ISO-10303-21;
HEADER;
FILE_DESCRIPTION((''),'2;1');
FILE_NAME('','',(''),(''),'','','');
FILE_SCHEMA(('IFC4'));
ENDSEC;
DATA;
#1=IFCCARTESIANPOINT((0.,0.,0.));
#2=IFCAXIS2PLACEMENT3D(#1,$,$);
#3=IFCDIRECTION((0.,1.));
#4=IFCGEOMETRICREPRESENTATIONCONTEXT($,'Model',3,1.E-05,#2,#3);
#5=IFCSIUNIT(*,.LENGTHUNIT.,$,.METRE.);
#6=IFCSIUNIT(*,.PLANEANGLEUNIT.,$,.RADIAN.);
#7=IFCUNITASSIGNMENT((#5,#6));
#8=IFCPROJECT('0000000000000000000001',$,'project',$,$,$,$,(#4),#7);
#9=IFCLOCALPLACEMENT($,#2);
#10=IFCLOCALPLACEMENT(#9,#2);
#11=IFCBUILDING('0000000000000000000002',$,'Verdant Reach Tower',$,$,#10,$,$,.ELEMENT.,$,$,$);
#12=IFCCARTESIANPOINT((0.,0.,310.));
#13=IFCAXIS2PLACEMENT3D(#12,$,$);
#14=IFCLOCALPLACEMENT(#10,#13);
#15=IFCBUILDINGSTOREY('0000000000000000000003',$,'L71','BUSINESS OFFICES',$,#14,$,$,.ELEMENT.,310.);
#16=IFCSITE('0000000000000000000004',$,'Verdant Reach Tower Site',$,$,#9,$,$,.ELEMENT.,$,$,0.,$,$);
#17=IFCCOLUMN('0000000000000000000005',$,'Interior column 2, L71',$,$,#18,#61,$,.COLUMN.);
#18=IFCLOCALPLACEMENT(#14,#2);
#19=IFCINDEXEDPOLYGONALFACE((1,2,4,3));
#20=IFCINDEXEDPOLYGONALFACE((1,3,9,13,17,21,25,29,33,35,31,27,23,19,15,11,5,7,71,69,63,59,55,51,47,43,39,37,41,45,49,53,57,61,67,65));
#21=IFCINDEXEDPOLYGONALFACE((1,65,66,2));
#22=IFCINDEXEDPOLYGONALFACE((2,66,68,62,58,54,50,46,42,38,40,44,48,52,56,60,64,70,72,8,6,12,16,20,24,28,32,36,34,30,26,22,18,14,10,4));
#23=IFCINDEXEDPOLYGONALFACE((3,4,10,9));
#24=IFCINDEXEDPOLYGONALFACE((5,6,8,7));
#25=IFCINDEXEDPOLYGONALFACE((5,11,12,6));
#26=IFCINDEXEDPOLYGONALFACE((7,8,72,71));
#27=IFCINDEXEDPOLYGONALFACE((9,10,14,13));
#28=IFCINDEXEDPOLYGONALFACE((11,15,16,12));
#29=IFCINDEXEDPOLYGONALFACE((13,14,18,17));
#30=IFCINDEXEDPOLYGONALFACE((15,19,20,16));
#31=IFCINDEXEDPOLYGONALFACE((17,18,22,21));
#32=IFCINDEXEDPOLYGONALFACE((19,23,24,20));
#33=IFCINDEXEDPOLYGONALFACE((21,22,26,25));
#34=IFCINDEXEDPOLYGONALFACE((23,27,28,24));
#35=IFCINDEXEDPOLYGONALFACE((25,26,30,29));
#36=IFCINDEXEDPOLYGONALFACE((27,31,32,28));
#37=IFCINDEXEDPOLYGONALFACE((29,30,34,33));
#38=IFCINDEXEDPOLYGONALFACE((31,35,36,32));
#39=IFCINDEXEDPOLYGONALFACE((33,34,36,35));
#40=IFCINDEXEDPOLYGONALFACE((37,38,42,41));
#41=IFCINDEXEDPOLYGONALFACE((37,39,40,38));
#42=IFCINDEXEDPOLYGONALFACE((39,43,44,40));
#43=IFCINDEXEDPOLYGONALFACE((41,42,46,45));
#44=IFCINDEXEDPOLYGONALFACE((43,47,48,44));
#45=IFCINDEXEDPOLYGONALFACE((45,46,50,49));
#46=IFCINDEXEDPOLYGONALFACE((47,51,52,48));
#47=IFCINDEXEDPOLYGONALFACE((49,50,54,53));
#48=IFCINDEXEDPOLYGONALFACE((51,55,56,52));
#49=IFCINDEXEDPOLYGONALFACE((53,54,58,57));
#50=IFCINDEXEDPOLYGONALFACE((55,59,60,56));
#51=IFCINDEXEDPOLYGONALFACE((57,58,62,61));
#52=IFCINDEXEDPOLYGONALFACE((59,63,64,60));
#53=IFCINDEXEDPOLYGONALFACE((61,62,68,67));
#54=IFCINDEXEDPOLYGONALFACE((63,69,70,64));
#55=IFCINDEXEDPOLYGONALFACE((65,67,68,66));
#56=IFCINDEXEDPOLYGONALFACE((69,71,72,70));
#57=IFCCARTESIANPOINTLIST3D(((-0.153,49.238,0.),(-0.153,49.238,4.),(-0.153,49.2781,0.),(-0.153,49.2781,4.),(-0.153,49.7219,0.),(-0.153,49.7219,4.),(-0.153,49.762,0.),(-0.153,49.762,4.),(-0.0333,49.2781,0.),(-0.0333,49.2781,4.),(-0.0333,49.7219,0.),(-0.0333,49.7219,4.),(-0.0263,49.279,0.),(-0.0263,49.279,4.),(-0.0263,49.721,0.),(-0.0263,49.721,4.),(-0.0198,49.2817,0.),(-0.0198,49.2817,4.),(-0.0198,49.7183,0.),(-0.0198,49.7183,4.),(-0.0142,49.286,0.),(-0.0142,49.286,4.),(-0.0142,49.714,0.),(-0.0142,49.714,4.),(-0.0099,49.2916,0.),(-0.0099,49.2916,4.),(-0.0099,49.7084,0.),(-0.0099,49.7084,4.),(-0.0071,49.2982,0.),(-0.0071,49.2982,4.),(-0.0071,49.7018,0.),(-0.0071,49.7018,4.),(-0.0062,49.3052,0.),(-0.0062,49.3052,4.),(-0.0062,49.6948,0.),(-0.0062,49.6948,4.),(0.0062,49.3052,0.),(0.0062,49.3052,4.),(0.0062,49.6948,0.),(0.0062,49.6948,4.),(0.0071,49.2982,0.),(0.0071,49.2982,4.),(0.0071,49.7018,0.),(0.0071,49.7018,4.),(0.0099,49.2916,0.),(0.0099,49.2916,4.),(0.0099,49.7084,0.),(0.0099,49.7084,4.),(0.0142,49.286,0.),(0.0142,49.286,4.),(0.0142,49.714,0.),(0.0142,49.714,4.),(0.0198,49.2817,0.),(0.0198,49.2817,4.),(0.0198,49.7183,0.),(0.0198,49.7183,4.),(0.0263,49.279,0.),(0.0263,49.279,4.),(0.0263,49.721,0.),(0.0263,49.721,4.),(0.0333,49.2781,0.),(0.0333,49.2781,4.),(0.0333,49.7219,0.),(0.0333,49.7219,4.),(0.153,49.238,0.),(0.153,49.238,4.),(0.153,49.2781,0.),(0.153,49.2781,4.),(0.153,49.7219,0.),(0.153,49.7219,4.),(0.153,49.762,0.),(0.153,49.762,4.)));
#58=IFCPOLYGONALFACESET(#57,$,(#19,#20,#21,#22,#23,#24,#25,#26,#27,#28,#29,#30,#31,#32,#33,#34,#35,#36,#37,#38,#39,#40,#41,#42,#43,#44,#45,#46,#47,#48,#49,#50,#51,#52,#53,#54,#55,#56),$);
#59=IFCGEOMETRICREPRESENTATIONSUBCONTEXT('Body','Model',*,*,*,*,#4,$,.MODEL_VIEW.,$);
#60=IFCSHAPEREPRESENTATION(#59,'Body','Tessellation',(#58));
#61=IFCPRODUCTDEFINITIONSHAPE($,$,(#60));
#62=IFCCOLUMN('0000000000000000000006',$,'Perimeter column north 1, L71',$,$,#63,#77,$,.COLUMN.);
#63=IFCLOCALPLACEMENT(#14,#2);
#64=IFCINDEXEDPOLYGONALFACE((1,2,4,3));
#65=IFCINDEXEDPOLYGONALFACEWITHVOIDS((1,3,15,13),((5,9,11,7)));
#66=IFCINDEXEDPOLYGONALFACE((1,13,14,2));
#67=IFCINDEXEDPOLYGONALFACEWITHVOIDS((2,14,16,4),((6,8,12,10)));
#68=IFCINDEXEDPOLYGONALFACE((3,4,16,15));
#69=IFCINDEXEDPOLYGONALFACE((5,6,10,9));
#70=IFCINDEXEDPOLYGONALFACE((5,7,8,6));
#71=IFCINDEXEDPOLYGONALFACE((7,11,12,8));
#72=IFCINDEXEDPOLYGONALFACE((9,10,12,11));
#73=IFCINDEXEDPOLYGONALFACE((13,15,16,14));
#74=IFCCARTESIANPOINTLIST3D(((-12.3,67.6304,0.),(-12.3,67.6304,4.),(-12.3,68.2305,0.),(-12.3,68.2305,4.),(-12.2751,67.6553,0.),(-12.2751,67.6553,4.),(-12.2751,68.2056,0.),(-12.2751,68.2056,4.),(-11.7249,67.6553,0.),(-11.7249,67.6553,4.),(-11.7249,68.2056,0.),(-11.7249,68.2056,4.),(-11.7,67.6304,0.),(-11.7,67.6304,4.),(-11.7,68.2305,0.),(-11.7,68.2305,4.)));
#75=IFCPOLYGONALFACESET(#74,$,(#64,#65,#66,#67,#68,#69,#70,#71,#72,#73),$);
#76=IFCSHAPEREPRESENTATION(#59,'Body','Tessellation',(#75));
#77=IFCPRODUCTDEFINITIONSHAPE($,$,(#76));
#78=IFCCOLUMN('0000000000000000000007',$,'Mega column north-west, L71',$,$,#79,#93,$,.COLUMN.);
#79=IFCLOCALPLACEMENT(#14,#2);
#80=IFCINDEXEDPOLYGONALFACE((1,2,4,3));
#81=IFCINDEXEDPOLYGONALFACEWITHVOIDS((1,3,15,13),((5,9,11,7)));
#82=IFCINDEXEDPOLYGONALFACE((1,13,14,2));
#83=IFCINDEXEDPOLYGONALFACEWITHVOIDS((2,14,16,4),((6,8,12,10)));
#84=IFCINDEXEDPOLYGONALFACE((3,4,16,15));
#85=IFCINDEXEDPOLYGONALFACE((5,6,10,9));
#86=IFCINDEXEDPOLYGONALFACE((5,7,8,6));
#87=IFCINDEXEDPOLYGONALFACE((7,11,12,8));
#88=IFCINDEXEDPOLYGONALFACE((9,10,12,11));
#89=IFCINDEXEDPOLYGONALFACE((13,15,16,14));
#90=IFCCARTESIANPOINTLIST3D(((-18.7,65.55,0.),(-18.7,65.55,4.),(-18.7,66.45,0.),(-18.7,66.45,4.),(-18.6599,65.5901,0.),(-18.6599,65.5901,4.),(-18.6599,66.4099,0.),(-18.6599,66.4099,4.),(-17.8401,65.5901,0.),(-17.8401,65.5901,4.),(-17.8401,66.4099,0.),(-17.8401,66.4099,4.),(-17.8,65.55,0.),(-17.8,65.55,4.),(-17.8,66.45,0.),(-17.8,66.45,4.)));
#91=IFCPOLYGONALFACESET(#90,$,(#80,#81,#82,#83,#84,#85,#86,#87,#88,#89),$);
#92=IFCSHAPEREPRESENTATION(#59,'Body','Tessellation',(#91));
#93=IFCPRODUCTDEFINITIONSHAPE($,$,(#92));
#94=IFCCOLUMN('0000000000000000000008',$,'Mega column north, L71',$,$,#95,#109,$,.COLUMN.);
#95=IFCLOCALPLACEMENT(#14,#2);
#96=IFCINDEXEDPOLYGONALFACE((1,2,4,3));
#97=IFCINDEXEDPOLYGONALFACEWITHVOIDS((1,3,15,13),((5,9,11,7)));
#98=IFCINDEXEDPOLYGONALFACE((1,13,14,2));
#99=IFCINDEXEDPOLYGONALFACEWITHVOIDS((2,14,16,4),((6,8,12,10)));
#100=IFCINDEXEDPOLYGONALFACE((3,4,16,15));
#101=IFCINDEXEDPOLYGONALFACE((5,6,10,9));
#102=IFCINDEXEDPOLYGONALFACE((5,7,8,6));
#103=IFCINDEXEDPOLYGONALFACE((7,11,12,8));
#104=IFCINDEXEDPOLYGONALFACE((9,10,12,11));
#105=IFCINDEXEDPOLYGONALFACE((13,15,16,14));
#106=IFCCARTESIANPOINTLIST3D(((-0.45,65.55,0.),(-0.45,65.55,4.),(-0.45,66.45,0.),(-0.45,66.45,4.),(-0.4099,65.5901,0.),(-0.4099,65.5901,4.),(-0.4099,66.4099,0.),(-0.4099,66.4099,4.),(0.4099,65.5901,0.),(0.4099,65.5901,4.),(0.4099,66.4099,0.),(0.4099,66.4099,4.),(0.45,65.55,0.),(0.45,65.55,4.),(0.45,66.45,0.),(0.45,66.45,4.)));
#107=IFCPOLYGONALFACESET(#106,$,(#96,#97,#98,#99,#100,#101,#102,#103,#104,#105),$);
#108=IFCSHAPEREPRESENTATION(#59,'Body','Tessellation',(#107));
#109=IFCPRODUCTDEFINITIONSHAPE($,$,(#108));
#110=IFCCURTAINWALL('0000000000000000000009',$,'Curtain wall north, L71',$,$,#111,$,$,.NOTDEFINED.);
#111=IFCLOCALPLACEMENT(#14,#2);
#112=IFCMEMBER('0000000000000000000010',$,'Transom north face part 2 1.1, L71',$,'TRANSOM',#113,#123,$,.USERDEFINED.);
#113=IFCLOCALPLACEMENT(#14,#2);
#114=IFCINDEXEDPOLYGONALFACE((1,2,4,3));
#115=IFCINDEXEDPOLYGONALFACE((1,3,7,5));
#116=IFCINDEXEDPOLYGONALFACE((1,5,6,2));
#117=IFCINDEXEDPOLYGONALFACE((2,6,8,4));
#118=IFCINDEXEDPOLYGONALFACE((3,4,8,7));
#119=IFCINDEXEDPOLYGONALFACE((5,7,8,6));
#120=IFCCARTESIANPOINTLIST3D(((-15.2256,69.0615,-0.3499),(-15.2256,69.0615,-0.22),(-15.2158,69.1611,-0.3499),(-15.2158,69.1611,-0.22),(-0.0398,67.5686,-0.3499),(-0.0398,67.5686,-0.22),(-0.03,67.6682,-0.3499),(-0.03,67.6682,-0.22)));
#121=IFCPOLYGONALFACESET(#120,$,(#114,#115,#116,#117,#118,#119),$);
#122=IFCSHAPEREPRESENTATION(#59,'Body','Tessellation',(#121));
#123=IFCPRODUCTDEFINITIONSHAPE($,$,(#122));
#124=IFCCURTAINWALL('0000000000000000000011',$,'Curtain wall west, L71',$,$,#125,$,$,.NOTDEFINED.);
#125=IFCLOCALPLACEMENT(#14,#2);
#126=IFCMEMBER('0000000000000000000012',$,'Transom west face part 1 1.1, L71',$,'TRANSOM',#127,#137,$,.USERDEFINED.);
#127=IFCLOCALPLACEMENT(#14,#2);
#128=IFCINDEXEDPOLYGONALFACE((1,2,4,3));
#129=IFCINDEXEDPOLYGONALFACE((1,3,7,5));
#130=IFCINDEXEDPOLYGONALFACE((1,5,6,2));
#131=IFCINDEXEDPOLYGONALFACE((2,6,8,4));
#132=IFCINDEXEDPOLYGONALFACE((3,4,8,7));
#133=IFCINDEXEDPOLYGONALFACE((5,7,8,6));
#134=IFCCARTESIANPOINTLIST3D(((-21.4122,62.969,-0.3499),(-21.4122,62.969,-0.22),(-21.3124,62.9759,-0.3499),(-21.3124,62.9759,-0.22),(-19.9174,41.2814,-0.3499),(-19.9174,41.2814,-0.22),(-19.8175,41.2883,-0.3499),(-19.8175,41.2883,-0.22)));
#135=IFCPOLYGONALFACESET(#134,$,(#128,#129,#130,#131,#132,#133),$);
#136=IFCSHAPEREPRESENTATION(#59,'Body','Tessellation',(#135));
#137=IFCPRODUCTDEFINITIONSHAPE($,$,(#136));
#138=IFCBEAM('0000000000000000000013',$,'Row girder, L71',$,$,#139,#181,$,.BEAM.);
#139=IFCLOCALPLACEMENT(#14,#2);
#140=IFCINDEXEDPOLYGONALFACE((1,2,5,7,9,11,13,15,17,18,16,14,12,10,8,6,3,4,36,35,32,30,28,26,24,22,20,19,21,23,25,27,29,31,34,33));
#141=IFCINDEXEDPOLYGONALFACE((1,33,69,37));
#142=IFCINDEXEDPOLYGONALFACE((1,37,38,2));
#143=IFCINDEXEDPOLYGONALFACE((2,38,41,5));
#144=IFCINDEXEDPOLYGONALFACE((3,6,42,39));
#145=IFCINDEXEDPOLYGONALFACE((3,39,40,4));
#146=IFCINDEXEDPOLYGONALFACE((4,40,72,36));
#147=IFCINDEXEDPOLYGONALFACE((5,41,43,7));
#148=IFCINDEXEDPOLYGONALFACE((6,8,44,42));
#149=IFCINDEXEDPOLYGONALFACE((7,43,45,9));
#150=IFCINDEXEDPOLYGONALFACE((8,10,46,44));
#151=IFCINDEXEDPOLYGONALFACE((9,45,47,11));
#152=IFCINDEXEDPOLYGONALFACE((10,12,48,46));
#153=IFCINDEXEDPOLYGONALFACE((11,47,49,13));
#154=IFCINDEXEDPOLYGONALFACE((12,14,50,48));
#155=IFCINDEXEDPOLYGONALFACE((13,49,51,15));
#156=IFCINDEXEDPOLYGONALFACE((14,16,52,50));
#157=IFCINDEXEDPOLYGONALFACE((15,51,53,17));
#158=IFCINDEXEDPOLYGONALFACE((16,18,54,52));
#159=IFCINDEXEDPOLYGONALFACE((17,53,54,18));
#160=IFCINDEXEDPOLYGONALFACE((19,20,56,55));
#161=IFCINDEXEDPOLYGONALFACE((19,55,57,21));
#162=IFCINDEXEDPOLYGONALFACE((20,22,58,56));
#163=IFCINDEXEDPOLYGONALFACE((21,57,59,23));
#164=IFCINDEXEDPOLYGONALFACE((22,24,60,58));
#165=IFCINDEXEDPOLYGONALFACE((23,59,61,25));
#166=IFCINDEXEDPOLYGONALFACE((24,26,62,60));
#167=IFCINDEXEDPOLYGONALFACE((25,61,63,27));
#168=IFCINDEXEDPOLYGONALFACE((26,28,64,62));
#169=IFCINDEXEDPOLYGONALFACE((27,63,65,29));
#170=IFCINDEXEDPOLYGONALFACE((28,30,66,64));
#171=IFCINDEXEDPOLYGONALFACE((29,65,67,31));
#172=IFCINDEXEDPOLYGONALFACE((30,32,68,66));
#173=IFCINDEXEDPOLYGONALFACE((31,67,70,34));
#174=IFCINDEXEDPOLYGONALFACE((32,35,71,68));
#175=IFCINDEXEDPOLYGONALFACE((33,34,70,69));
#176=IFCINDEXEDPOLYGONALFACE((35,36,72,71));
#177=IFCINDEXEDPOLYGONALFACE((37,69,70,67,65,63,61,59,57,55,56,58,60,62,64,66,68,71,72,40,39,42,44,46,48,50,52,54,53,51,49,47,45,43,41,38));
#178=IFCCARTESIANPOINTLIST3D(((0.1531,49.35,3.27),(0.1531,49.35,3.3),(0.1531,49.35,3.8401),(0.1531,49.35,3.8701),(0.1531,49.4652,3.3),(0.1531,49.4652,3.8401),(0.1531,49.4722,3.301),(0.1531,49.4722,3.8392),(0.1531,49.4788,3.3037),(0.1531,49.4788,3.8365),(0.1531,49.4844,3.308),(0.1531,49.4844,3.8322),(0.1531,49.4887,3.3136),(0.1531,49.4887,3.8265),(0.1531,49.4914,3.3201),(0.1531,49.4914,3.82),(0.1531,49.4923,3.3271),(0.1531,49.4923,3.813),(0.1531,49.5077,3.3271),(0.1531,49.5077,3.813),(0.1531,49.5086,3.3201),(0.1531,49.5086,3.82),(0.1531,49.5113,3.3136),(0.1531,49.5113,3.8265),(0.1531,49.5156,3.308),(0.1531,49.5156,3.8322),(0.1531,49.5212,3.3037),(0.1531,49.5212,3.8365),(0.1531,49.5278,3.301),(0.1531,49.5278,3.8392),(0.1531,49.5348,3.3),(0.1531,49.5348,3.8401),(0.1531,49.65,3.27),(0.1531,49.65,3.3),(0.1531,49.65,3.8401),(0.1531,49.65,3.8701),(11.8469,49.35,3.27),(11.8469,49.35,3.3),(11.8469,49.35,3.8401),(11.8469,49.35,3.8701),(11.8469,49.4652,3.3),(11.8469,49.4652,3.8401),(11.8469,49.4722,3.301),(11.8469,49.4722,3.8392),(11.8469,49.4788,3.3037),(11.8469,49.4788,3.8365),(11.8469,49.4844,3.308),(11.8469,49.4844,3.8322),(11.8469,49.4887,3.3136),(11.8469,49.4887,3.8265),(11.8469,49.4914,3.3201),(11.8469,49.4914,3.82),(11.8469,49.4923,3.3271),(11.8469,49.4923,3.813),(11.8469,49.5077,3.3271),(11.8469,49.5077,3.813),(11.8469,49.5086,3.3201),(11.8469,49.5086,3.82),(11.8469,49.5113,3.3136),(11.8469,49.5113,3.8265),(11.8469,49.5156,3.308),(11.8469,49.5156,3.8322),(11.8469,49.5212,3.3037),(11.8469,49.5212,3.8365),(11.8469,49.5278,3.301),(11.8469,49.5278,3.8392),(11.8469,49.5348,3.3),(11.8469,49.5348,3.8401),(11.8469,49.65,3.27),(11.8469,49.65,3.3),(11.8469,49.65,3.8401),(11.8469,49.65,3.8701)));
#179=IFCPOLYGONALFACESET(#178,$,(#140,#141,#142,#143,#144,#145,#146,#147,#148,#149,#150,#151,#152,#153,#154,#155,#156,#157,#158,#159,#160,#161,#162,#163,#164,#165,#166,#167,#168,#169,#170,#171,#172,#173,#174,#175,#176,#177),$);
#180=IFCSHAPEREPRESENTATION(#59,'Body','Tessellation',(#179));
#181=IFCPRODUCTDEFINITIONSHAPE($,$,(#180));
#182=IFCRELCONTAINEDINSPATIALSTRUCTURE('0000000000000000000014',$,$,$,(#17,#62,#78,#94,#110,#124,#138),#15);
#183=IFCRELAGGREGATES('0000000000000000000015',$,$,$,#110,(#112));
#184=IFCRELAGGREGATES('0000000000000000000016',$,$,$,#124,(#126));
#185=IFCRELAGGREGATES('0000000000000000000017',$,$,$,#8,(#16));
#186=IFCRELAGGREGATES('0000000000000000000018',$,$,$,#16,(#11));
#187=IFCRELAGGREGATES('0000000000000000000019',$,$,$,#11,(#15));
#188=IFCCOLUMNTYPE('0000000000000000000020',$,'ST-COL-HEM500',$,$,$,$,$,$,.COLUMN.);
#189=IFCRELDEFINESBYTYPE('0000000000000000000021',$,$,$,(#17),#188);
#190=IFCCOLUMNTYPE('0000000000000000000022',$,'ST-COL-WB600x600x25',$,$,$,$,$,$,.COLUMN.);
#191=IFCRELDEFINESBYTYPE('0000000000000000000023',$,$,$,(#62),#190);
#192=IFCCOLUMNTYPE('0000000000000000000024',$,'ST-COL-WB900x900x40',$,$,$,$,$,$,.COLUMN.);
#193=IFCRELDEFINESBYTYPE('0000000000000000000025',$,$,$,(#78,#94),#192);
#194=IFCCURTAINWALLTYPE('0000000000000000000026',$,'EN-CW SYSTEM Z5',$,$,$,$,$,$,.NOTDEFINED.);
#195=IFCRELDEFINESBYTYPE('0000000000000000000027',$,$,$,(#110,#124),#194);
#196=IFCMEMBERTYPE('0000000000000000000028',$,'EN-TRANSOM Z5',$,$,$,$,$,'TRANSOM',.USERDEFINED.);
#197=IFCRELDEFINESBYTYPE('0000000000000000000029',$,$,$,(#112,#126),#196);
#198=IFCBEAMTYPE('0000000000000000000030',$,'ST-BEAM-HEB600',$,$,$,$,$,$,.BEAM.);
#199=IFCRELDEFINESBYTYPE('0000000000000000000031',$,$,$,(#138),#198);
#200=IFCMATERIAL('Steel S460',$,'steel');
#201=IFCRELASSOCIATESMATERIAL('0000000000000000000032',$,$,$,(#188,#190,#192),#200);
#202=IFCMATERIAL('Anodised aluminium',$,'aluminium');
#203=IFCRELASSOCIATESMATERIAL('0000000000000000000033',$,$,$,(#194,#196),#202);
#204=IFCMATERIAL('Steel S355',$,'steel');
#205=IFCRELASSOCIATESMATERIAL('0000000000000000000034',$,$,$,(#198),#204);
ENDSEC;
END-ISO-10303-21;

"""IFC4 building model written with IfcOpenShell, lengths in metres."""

from ifc_helpers import new_model, si_unit, direction, frame, origin, origin_2d, place, context, subcontext, project, spatial, rectangle, hollow_rectangle, i_section, extrude, material, material_profile, profile_set, type_object, element, aggregate, save


model = new_model("IFC4")

# Units and contexts
model_context = context("Model", 3, precision=1e-05, world=origin(), true_north=direction((0.0, 1.0)))
body_context = subcontext(model_context, "Body", "Model", "MODEL_VIEW")
ifc_project = project(units=[si_unit("LENGTHUNIT", "METRE"), si_unit("PLANEANGLEUNIT", "RADIAN")], contexts=[model_context])

# Site, building, storey
site_placement = place(None, origin())
site = spatial("IfcSite", under=ifc_project, at=site_placement, Name="Verdant Reach Tower Site", CompositionType="ELEMENT", RefElevation=0.0)
building_placement = place(site_placement, origin())
building = spatial("IfcBuilding", under=site, at=building_placement, Name="Verdant Reach Tower", CompositionType="ELEMENT")
storey_placement = place(building_placement, frame((0.0, 0.0, 310.0)))
storey = spatial("IfcBuildingStorey", under=building, at=storey_placement, Name="L71", Description="BUSINESS OFFICES", CompositionType="ELEMENT", Elevation=310.0)

# Columns
ifc_material_1 = material(Name="Steel S460", Category="steel")
ifc_material_profile_1 = material_profile(ifc_material_1, i_section(OverallWidth=0.3059, OverallDepth=0.5239, WebThickness=0.0125, FlangeThickness=0.04, FilletRadius=0.0271, at=origin_2d()), Name="HEM 500")
ifc_profile_set_1 = profile_set([ifc_material_profile_1], Name="Steel S460")
column_type_1 = type_object("IfcColumnType", Name="ST-COL-HEM500", PredefinedType="COLUMN", material=ifc_profile_set_1)
column_1_placement = place(storey_placement, frame((0.0, 49.5, 0.0), z_axis=(0.0, 0.0, 1.0), x_axis=(1.0, 0.0, 0.0)))
element("IfcColumn", 1, at=column_1_placement, inside=storey, type_object=column_type_1, Name="Interior column 2, L71", PredefinedType="COLUMN", context=body_context, shape_type="SweptSolid", body=[
    extrude(i_section(OverallWidth=0.3059, OverallDepth=0.5239, WebThickness=0.0125, FlangeThickness=0.04, FilletRadius=0.0271, at=origin_2d()), origin(), (0.0, 0.0, 1.0), 4.0),
])
ifc_material_profile_2 = material_profile(ifc_material_1, hollow_rectangle(XDim=0.6001, YDim=0.6001, WallThickness=0.0249, at=origin_2d()), Name="WB 600x600x25")
ifc_profile_set_2 = profile_set([ifc_material_profile_2], Name="Steel S460")
column_type_2 = type_object("IfcColumnType", Name="ST-COL-WB600x600x25", PredefinedType="COLUMN", material=ifc_profile_set_2)
column_2_placement = place(storey_placement, frame((-12.0, 67.9304, 0.0), z_axis=(0.0, 0.0, 1.0), x_axis=(1.0, 0.0, 0.0)))
element("IfcColumn", 2, at=column_2_placement, inside=storey, type_object=column_type_2, Name="Perimeter column north 1, L71", PredefinedType="COLUMN", context=body_context, shape_type="SweptSolid", body=[
    extrude(hollow_rectangle(XDim=0.6001, YDim=0.6001, WallThickness=0.0249, at=origin_2d()), origin(), (0.0, 0.0, 1.0), 4.0),
])
ifc_material_profile_3 = material_profile(ifc_material_1, hollow_rectangle(XDim=0.8999, YDim=0.8999, WallThickness=0.04, at=origin_2d()), Name="WB 900x900x40")
ifc_profile_set_3 = profile_set([ifc_material_profile_3], Name="Steel S460")
column_type_3 = type_object("IfcColumnType", Name="ST-COL-WB900x900x40", PredefinedType="COLUMN", material=ifc_profile_set_3)
for number, where, z_axis, x_axis, name in (
    (3, (-18.25, 66.0, 0.0), (0.0, 0.0, 1.0), (1.0, 0.0, 0.0), "Mega column north-west, L71"),
    (4, (0.0, 66.0, 0.0), (0.0, 0.0, 1.0), (1.0, 0.0, 0.0), "Mega column north, L71"),
):
    element("IfcColumn", number, at=place(storey_placement, frame(where, z_axis=z_axis, x_axis=x_axis)), inside=storey, type_object=column_type_3, Name=name, PredefinedType="COLUMN", context=body_context, shape_type="SweptSolid", body=[
        extrude(hollow_rectangle(XDim=0.8999, YDim=0.8999, WallThickness=0.04, at=origin_2d()), origin(), (0.0, 0.0, 1.0), 4.0),
    ])

# Curtain walls, members
ifc_material_2 = material(Name="Anodised aluminium", Category="aluminium")
curtain_wall_type = type_object("IfcCurtainWallType", Name="EN-CW SYSTEM Z5", PredefinedType="NOTDEFINED", material=ifc_material_2)
curtain_wall_1_placement = place(storey_placement, origin())
curtain_wall_1 = element("IfcCurtainWall", 5, at=curtain_wall_1_placement, inside=storey, type_object=curtain_wall_type, Name="Curtain wall north, L71", PredefinedType="NOTDEFINED")
ifc_material_profile_4 = material_profile(ifc_material_2, rectangle(XDim=0.1001, YDim=0.1299, at=origin_2d()), Name="Transom 130x100")
ifc_profile_set_4 = profile_set([ifc_material_profile_4], Name="Anodised aluminium")
member_type = type_object("IfcMemberType", Name="EN-TRANSOM Z5", ElementType="TRANSOM", PredefinedType="USERDEFINED", material=ifc_profile_set_4)
member_1_placement = place(storey_placement, frame((-0.0349, 67.6184, -0.2849), z_axis=(-0.995202, 0.097839, 0.0), x_axis=(-0.097839, -0.995202, 0.0)))
member_1 = element("IfcMember", 6, at=member_1_placement, type_object=member_type, Name="Transom north face part 2 1.1, L71", ObjectType="TRANSOM", PredefinedType="USERDEFINED", context=body_context, shape_type="SweptSolid", body=[
    extrude(rectangle(XDim=0.1001, YDim=0.1299, at=origin_2d()), origin(), (0.0, 0.0, 1.0), 15.259),
])
curtain_wall_2_placement = place(storey_placement, origin())
curtain_wall_2 = element("IfcCurtainWall", 7, at=curtain_wall_2_placement, inside=storey, type_object=curtain_wall_type, Name="Curtain wall west, L71", PredefinedType="NOTDEFINED")
member_2_placement = place(storey_placement, frame((-21.3623, 62.9724, -0.2849), z_axis=(0.068765, -0.997633, 0.0), x_axis=(0.997633, 0.068765, 0.0)))
member_2 = element("IfcMember", 8, at=member_2_placement, type_object=member_type, Name="Transom west face part 1 1.1, L71", ObjectType="TRANSOM", PredefinedType="USERDEFINED", context=body_context, shape_type="SweptSolid", body=[
    extrude(rectangle(XDim=0.1001, YDim=0.1299, at=origin_2d()), origin(), (0.0, 0.0, 1.0), 21.739),
])

# Beam
ifc_material_3 = material(Name="Steel S355", Category="steel")
ifc_material_profile_5 = material_profile(ifc_material_3, i_section(OverallWidth=0.3, OverallDepth=0.6001, WebThickness=0.0154, FlangeThickness=0.03, FilletRadius=0.0271, at=origin_2d()), Name="HEB 600")
ifc_profile_set_5 = profile_set([ifc_material_profile_5], Name="Steel S355")
beam_type_1 = type_object("IfcBeamType", Name="ST-BEAM-HEB600", PredefinedType="BEAM", material=ifc_profile_set_5)
beam_1_placement = place(storey_placement, frame((0.1531, 49.5, 3.5701), z_axis=(1.0, 0.0, 0.0), x_axis=(0.0, 1.0, 0.0)))
element("IfcBeam", 9, at=beam_1_placement, inside=storey, type_object=beam_type_1, Name="Row girder, L71", PredefinedType="BEAM", context=body_context, shape_type="SweptSolid", body=[
    extrude(i_section(OverallWidth=0.3, OverallDepth=0.6001, WebThickness=0.0154, FlangeThickness=0.03, FilletRadius=0.0271, at=origin_2d()), origin(), (0.0, 0.0, 1.0), 11.6938),
])

aggregate(curtain_wall_1, [member_1])
aggregate(curtain_wall_2, [member_2])

save(model, "model.ifc")
